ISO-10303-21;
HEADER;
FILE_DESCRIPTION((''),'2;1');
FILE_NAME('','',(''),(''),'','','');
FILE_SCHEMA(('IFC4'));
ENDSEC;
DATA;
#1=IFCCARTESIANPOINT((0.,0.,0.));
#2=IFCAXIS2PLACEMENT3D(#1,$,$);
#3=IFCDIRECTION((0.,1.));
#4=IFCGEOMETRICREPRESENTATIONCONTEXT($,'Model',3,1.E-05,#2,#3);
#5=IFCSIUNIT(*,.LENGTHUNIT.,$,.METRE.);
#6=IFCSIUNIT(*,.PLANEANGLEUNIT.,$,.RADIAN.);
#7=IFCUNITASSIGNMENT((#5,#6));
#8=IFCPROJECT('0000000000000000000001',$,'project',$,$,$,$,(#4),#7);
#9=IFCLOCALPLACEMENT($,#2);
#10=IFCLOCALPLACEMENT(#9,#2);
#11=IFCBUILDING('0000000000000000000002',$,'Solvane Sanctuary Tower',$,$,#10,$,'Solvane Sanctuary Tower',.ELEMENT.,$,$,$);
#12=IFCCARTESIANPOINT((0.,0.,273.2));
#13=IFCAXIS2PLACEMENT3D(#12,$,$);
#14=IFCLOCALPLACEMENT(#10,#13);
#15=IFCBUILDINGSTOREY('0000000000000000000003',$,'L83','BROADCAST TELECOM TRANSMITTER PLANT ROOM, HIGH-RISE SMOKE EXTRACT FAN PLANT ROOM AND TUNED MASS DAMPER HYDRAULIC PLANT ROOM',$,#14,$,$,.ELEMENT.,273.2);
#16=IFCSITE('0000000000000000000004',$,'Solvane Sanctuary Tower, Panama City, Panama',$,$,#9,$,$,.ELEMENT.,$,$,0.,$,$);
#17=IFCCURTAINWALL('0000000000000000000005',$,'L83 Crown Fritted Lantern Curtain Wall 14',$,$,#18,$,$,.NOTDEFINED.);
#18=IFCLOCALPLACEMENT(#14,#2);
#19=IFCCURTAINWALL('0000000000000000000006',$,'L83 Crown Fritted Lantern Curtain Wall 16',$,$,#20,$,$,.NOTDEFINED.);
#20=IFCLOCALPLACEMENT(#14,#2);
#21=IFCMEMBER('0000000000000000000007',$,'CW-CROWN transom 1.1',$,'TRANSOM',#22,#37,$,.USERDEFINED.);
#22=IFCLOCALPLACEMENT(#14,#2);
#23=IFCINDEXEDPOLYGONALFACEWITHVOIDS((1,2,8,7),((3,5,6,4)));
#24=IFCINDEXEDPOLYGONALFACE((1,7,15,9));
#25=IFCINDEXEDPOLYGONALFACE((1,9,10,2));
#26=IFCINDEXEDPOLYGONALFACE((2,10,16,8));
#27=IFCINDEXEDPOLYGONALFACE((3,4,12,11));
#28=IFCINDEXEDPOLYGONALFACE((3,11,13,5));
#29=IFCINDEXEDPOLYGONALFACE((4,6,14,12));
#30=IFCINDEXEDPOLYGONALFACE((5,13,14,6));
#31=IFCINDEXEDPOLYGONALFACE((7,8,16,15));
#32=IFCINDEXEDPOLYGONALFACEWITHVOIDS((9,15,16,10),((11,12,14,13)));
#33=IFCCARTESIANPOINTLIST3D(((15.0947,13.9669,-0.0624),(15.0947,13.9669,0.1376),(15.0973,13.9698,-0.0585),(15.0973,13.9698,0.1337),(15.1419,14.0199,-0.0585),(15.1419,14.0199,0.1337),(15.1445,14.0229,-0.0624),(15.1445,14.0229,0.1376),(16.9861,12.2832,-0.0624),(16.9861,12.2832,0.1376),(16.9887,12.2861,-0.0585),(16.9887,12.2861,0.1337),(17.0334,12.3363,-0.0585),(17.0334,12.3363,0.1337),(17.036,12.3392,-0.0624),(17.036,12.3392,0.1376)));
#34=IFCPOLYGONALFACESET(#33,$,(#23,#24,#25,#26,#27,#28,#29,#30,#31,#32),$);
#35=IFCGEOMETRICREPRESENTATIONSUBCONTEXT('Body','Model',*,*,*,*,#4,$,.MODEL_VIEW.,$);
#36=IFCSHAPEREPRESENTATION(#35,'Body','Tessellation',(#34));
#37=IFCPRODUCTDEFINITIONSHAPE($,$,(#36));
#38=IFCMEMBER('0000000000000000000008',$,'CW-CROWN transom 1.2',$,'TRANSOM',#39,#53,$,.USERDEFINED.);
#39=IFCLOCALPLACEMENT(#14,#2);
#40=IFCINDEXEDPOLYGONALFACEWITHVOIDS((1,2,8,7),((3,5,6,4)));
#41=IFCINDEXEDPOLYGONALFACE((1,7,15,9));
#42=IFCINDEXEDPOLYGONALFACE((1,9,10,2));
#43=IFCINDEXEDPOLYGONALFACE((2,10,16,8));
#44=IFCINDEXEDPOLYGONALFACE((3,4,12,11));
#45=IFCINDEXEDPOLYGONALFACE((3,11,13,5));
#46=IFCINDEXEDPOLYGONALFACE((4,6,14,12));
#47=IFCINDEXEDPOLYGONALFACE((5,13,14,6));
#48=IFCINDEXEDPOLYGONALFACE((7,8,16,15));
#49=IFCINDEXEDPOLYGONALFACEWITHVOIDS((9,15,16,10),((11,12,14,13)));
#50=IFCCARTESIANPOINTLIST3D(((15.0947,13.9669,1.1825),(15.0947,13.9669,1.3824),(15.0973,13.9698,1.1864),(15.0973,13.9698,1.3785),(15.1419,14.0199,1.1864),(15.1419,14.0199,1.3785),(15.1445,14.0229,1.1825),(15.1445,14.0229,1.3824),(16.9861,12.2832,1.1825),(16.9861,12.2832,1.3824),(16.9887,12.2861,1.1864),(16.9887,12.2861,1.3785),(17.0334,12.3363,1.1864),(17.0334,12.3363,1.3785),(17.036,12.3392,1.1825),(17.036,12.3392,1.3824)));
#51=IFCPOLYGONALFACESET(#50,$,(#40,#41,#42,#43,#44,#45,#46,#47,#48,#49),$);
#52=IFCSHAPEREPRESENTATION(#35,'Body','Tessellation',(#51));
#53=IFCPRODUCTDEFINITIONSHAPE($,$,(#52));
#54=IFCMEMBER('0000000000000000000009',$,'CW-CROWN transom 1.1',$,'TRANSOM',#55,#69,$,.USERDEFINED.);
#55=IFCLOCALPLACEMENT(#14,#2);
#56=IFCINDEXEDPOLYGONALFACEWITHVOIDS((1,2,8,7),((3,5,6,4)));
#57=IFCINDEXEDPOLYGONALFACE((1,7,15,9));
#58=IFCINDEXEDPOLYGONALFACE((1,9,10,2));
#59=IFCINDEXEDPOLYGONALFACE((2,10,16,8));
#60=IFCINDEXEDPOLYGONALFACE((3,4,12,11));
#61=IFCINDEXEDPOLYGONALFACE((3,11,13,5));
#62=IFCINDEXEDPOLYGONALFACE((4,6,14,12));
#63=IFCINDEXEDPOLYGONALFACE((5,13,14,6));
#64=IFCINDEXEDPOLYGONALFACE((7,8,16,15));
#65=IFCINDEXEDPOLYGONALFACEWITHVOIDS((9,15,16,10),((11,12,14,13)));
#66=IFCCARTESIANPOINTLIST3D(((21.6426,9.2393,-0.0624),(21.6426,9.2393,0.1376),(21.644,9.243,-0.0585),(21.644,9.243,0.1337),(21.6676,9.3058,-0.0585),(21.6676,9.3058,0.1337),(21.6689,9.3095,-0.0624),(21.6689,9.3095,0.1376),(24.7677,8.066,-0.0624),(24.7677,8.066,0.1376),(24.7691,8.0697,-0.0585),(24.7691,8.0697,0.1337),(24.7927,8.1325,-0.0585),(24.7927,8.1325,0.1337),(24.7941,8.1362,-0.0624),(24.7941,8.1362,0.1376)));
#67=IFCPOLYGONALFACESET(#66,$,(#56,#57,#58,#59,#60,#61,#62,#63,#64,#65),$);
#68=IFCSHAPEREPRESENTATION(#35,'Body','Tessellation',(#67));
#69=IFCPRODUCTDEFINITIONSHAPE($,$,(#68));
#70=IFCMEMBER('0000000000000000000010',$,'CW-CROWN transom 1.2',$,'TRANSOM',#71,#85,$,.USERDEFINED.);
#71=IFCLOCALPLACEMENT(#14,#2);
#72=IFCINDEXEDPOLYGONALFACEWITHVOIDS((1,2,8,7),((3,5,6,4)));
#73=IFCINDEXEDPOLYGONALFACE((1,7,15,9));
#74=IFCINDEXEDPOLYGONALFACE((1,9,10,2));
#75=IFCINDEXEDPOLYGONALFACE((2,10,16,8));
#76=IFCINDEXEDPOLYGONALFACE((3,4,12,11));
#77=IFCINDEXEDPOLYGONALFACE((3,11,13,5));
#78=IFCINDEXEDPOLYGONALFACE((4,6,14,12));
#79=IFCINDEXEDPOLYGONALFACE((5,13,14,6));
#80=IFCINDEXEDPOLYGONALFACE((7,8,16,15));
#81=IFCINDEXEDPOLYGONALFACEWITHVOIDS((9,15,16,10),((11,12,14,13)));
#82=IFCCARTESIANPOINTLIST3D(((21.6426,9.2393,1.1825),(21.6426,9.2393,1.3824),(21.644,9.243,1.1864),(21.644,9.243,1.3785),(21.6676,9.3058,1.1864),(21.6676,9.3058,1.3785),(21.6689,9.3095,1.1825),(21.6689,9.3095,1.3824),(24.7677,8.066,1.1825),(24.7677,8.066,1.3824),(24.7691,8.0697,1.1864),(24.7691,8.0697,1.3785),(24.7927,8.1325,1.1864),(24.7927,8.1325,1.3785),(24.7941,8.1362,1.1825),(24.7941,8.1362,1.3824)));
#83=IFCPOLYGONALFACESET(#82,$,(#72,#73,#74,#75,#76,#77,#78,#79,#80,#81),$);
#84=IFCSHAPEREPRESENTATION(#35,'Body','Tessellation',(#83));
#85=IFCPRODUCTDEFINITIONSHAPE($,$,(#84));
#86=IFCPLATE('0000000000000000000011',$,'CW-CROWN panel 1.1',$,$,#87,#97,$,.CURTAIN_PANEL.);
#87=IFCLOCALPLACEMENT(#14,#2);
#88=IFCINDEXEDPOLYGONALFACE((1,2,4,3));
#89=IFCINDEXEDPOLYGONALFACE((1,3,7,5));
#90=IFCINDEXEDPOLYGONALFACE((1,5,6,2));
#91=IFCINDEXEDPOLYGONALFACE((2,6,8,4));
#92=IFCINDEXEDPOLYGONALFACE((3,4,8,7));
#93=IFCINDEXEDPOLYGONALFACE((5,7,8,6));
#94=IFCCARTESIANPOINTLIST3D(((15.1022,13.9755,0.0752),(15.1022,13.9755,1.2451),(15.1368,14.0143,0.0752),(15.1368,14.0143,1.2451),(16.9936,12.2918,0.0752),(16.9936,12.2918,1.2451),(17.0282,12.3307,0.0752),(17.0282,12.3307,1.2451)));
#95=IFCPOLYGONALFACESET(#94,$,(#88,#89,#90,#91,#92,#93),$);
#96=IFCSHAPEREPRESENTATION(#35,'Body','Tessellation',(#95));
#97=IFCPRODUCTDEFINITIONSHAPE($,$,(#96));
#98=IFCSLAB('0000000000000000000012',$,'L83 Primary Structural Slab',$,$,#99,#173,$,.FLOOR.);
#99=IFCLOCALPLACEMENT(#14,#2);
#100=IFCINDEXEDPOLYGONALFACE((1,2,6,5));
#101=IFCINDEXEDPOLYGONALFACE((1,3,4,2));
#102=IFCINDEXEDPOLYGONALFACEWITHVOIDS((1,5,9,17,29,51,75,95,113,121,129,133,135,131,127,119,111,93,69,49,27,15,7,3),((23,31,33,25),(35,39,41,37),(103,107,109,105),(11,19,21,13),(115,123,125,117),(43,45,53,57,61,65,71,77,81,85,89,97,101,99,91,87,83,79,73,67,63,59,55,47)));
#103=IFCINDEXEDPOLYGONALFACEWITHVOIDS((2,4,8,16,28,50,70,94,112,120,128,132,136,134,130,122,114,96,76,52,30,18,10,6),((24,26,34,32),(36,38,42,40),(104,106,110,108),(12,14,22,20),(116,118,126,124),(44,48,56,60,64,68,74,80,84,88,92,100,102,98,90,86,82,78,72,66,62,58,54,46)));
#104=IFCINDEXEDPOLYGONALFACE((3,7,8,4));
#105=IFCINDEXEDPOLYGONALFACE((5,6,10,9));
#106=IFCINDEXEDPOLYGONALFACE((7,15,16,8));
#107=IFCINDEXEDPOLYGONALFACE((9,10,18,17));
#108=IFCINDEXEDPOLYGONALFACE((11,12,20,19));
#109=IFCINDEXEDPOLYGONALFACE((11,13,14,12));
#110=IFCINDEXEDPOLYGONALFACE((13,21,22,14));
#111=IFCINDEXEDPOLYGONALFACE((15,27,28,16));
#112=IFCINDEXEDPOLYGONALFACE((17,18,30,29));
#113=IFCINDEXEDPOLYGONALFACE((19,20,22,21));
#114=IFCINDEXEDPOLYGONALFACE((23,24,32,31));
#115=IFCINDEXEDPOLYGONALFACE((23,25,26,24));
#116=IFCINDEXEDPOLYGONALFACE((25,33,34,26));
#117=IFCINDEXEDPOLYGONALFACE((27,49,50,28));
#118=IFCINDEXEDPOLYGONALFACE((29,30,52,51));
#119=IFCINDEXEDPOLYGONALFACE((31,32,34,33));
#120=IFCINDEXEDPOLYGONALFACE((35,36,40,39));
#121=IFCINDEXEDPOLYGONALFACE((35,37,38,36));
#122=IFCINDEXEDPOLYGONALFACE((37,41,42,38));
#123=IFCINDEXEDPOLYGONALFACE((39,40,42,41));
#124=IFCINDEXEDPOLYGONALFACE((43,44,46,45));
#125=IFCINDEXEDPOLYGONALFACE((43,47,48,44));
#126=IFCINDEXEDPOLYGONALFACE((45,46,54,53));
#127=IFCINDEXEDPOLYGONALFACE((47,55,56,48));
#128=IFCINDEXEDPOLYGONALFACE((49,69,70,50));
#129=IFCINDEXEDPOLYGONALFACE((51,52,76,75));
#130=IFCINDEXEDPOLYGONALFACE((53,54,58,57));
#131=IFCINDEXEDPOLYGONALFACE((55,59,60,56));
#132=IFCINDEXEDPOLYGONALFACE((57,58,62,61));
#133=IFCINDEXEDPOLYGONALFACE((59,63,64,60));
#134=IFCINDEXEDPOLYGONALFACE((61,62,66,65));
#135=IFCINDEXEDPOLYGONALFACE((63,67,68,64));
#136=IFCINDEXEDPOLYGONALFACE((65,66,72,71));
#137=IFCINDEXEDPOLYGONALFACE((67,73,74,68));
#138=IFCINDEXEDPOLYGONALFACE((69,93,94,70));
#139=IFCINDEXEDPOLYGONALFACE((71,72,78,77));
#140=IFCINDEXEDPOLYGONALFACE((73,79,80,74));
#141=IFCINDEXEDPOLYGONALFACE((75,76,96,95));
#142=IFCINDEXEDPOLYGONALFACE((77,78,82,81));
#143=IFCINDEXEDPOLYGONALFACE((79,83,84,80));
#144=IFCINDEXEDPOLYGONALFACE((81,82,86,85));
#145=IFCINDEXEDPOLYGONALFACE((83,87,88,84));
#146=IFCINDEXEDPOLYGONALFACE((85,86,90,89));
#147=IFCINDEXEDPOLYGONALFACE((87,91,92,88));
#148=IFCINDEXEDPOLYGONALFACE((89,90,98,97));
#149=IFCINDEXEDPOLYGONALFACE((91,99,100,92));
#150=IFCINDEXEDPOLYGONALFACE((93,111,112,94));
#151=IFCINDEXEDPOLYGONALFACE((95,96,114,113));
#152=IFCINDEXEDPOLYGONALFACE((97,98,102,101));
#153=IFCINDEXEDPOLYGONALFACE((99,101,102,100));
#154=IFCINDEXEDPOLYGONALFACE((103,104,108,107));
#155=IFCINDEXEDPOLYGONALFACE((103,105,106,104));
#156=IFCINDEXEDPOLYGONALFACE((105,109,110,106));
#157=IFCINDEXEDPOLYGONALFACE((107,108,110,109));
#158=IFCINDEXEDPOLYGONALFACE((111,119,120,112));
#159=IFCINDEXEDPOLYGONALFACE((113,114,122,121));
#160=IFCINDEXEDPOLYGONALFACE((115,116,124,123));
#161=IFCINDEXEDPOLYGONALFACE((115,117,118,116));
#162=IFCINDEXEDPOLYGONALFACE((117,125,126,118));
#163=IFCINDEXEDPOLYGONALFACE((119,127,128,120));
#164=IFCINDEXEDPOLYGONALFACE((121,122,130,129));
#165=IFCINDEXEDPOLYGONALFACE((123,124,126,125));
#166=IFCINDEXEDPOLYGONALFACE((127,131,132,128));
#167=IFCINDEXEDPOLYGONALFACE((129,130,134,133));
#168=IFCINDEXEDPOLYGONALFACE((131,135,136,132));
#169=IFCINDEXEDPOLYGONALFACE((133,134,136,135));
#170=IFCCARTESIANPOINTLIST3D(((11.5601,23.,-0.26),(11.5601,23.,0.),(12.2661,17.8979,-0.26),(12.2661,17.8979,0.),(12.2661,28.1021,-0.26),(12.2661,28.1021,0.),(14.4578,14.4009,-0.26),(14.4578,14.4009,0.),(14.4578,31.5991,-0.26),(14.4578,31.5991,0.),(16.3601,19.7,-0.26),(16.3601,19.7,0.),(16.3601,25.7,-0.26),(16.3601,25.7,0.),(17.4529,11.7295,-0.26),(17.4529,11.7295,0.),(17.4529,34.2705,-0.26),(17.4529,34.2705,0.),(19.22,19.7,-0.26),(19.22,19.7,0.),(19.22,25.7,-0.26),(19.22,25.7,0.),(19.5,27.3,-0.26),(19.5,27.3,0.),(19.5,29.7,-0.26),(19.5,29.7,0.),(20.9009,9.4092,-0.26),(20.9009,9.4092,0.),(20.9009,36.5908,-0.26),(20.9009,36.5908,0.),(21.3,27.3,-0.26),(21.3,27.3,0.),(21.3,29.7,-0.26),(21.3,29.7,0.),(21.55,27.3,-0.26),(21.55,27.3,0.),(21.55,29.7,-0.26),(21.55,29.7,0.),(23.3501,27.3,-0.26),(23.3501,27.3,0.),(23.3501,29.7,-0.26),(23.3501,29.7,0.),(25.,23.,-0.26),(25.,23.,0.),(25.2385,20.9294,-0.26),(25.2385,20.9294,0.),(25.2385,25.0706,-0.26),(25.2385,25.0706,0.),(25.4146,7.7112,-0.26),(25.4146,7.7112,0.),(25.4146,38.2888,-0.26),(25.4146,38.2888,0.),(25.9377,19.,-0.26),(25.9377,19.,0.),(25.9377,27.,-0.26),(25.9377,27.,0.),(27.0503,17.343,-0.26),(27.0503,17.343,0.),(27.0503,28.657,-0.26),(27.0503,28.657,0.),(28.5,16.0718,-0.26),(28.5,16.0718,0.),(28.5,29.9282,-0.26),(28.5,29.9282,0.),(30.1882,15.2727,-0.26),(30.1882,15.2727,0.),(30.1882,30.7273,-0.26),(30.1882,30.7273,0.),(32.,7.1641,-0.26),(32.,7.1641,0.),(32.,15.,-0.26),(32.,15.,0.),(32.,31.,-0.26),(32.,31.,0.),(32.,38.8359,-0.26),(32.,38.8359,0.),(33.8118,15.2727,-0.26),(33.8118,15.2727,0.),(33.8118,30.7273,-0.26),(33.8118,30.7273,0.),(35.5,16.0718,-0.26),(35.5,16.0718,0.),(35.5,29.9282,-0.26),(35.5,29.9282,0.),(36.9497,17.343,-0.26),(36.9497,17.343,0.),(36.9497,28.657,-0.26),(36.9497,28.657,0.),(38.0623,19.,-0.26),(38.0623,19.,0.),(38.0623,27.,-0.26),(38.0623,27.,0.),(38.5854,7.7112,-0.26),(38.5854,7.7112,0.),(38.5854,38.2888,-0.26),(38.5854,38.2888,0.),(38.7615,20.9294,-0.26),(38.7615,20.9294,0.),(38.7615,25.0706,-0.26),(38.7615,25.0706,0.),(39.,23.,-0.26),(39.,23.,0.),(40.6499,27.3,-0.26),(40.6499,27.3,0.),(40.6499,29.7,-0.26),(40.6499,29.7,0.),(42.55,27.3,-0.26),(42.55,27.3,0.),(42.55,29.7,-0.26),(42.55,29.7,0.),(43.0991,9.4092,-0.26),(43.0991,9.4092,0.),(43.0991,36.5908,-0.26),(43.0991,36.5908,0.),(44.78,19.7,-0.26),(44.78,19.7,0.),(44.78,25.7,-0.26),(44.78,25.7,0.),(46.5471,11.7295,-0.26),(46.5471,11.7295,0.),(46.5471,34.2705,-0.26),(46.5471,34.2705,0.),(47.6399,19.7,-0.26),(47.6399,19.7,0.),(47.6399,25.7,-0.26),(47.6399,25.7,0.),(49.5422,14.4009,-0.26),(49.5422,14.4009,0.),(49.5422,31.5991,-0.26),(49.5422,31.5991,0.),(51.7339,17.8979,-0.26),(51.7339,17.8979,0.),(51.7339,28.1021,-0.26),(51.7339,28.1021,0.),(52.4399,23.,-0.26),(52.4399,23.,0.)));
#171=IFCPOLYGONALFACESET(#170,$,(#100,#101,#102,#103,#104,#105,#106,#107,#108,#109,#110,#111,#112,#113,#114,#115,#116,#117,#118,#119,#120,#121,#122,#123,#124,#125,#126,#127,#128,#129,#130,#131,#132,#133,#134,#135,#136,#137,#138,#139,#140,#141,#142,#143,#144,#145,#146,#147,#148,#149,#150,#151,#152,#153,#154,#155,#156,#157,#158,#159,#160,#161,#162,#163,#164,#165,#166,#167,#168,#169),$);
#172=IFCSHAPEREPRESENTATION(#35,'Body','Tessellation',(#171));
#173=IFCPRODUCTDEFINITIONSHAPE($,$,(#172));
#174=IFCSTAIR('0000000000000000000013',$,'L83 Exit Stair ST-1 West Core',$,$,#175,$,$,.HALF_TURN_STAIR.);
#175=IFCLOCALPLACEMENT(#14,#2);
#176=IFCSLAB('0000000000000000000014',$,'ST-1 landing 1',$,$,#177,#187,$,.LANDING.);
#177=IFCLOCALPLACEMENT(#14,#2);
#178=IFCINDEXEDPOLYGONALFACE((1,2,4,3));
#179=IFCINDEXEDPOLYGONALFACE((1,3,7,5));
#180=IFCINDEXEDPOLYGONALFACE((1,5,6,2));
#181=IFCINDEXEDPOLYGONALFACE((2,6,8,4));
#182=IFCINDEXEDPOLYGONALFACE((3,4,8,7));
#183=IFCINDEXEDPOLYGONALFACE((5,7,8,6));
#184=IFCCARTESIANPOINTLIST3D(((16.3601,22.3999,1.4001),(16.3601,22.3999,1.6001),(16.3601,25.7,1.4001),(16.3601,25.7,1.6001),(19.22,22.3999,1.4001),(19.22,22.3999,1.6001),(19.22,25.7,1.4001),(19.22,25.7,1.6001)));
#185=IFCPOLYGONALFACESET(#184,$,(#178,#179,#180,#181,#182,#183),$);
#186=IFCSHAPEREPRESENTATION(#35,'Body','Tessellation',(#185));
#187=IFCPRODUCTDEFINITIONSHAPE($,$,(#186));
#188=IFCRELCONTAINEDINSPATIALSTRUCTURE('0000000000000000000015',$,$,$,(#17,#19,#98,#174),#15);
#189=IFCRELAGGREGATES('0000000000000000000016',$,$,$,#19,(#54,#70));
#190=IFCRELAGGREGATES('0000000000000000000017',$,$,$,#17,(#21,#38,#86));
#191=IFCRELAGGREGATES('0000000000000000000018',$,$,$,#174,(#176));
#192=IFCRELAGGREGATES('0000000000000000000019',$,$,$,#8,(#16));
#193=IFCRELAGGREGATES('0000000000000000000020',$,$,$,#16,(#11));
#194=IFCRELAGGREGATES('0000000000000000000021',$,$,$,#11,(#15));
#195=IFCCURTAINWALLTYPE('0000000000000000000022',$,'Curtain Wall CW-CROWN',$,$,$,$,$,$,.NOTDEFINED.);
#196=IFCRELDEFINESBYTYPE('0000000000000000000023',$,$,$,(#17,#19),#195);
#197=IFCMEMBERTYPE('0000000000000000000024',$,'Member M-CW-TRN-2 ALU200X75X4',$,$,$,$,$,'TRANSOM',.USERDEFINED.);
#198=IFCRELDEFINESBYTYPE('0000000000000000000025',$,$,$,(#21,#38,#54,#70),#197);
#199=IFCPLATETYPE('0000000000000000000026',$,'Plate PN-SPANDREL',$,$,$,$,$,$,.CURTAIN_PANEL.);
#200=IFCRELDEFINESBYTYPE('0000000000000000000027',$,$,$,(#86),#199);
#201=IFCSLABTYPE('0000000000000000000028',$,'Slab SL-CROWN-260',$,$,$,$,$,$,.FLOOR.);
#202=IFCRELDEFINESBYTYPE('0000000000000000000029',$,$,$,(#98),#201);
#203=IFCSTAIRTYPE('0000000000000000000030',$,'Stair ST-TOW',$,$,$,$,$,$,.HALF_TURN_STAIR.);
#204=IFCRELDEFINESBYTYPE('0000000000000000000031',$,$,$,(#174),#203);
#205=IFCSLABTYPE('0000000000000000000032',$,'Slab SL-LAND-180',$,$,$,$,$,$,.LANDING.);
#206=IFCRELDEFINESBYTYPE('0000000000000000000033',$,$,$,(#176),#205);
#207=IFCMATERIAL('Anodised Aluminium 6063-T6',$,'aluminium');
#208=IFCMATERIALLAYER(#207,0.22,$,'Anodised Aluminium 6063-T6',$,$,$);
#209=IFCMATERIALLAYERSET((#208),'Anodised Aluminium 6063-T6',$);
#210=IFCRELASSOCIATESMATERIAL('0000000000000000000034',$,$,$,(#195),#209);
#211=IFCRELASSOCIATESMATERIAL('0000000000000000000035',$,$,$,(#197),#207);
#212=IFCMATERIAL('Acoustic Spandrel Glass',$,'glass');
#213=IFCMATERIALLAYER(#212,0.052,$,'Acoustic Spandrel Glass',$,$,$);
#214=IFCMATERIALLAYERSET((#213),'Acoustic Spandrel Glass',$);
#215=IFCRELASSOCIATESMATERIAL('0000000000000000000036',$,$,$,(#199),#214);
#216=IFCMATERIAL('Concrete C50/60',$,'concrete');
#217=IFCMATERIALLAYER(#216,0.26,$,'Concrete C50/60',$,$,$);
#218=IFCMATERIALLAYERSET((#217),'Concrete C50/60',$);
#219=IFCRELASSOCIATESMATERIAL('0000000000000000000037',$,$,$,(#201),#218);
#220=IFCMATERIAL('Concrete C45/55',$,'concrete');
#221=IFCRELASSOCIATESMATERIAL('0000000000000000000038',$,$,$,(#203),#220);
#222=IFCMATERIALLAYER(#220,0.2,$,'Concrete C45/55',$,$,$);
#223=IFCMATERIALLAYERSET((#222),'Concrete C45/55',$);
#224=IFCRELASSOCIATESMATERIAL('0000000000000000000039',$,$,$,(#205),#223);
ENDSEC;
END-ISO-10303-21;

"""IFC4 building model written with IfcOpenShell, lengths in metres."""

from ifc_helpers import new_model, si_unit, direction, frame, origin, origin_2d, place, context, subcontext, project, spatial, polyline, rectangle, hollow_rectangle, outline, extrude, material, layer, layer_set, material_profile, profile_set, type_object, element, aggregate, save


model = new_model("IFC4")

# Units and contexts
model_context = context("Model", 3, precision=1e-05, world=origin(), true_north=direction((0.0, 1.0)))
body_context = subcontext(model_context, "Body", "Model", "MODEL_VIEW")
ifc_project = project(units=[si_unit("LENGTHUNIT", "METRE"), si_unit("PLANEANGLEUNIT", "RADIAN")], contexts=[model_context])

# Site, building, storey
site_placement = place(None, origin())
site = spatial("IfcSite", under=ifc_project, at=site_placement, Name="Solvane Sanctuary Tower, Panama City, Panama", CompositionType="ELEMENT", RefElevation=0.0)
building_placement = place(site_placement, origin())
building = spatial("IfcBuilding", under=site, at=building_placement, Name="Solvane Sanctuary Tower", LongName="Solvane Sanctuary Tower", CompositionType="ELEMENT")
storey_placement = place(building_placement, frame((0.0, 0.0, 273.2)))
storey = spatial("IfcBuildingStorey", under=building, at=storey_placement, Name="L83", Description="BROADCAST TELECOM TRANSMITTER PLANT ROOM, HIGH-RISE SMOKE EXTRACT FAN PLANT ROOM AND TUNED MASS DAMPER HYDRAULIC PLANT ROOM", CompositionType="ELEMENT", Elevation=273.2)

# Shared definitions
ifc_material_1 = material(Name="Anodised Aluminium 6063-T6", Category="aluminium")
ifc_layer_1 = layer(ifc_material_1, 0.22, Name="Anodised Aluminium 6063-T6")
ifc_layer_set_1 = layer_set([ifc_layer_1], Name="Anodised Aluminium 6063-T6")
curtain_wall_type = type_object("IfcCurtainWallType", Name="Curtain Wall CW-CROWN", PredefinedType="NOTDEFINED", material=ifc_layer_set_1)

# Curtain wall
curtain_wall_1_placement = place(storey_placement, origin())
curtain_wall_1 = element("IfcCurtainWall", 1, at=curtain_wall_1_placement, inside=storey, type_object=curtain_wall_type, Name="L83 Crown Fritted Lantern Curtain Wall 14", PredefinedType="NOTDEFINED")

# Curtain wall
curtain_wall_2_placement = place(storey_placement, origin())
curtain_wall_2 = element("IfcCurtainWall", 2, at=curtain_wall_2_placement, inside=storey, type_object=curtain_wall_type, Name="L83 Crown Fritted Lantern Curtain Wall 16", PredefinedType="NOTDEFINED")

# Members
ifc_material_profile_1 = material_profile(ifc_material_1, hollow_rectangle(XDim=0.075, YDim=0.2, WallThickness=0.0039, at=origin_2d()), Name="ALU200X75X4")
ifc_profile_set_1 = profile_set([ifc_material_profile_1], Name="Anodised Aluminium 6063-T6")
member_type_1 = type_object("IfcMemberType", Name="Member M-CW-TRN-2 ALU200X75X4", ElementType="TRANSOM", PredefinedType="USERDEFINED", material=ifc_profile_set_1)
member_1_placement = place(storey_placement, frame((15.1196, 13.9949, 0.0376), z_axis=(0.746941, -0.66489, 0.0), x_axis=(0.66489, 0.746941, 0.0)))
member_1 = element("IfcMember", 3, at=member_1_placement, type_object=member_type_1, Name="CW-CROWN transom 1.1", ObjectType="TRANSOM", PredefinedType="USERDEFINED", context=body_context, shape_type="SweptSolid", body=[
    extrude(hollow_rectangle(XDim=0.075, YDim=0.2, WallThickness=0.0039, at=origin_2d()), origin(), (0.0, 0.0, 1.0), 2.5322),
])
member_2_placement = place(storey_placement, frame((15.1196, 13.9949, 1.2825), z_axis=(0.746941, -0.66489, 0.0), x_axis=(0.66489, 0.746941, 0.0)))
member_2 = element("IfcMember", 4, at=member_2_placement, type_object=member_type_1, Name="CW-CROWN transom 1.2", ObjectType="TRANSOM", PredefinedType="USERDEFINED", context=body_context, shape_type="SweptSolid", body=[
    extrude(hollow_rectangle(XDim=0.075, YDim=0.2, WallThickness=0.0039, at=origin_2d()), origin(), (0.0, 0.0, 1.0), 2.5322),
])
member_3_placement = place(storey_placement, frame((21.6558, 9.2744, 0.0376), z_axis=(0.936194, -0.351484, 0.0), x_axis=(0.351484, 0.936194, 0.0)))
member_3 = element("IfcMember", 5, at=member_3_placement, type_object=member_type_1, Name="CW-CROWN transom 1.1", ObjectType="TRANSOM", PredefinedType="USERDEFINED", context=body_context, shape_type="SweptSolid", body=[
    extrude(hollow_rectangle(XDim=0.075, YDim=0.2, WallThickness=0.0039, at=origin_2d()), origin(), (0.0, 0.0, 1.0), 3.3381),
])
member_4_placement = place(storey_placement, frame((21.6558, 9.2744, 1.2825), z_axis=(0.936194, -0.351484, 0.0), x_axis=(0.351484, 0.936194, 0.0)))
member_4 = element("IfcMember", 6, at=member_4_placement, type_object=member_type_1, Name="CW-CROWN transom 1.2", ObjectType="TRANSOM", PredefinedType="USERDEFINED", context=body_context, shape_type="SweptSolid", body=[
    extrude(hollow_rectangle(XDim=0.075, YDim=0.2, WallThickness=0.0039, at=origin_2d()), origin(), (0.0, 0.0, 1.0), 3.3381),
])
aggregate(curtain_wall_2, [member_3, member_4])

# Plate
ifc_material_2 = material(Name="Acoustic Spandrel Glass", Category="glass")
ifc_layer_2 = layer(ifc_material_2, 0.052, Name="Acoustic Spandrel Glass")
ifc_layer_set_2 = layer_set([ifc_layer_2], Name="Acoustic Spandrel Glass")
plate_type = type_object("IfcPlateType", Name="Plate PN-SPANDREL", PredefinedType="CURTAIN_PANEL", material=ifc_layer_set_2)
plate_placement = place(storey_placement, frame((16.0652, 13.1531, 0.0752), z_axis=(0.0, 0.0, 1.0), x_axis=(0.746944, -0.664887, 0.0)))
plate = element("IfcPlate", 7, at=plate_placement, type_object=plate_type, Name="CW-CROWN panel 1.1", PredefinedType="CURTAIN_PANEL", context=body_context, shape_type="SweptSolid", body=[
    extrude(rectangle(XDim=2.5322, YDim=0.052, at=origin_2d()), origin(), (0.0, 0.0, 1.0), 1.1699),
])
aggregate(curtain_wall_1, [member_1, member_2, plate])

# Slab
ifc_material_3 = material(Name="Concrete C50/60", Category="concrete")
ifc_layer_3 = layer(ifc_material_3, 0.26, Name="Concrete C50/60")
ifc_layer_set_3 = layer_set([ifc_layer_3], Name="Concrete C50/60")
slab_type_1 = type_object("IfcSlabType", Name="Slab SL-CROWN-260", PredefinedType="FLOOR", material=ifc_layer_set_3)
slab_1_placement = place(storey_placement, frame((0.0, 0.0, -0.26)))
element("IfcSlab", 8, at=slab_1_placement, inside=storey, type_object=slab_type_1, Name="L83 Primary Structural Slab", PredefinedType="FLOOR", context=body_context, shape_type="SweptSolid", body=[
    extrude(outline(polyline([(52.4399, 23.0), (51.7339, 28.1021), (49.5422, 31.5991), (46.5471, 34.2705), (43.0991, 36.5908), (38.5854, 38.2888), (32.0, 38.8359), (25.4146, 38.2888), (20.9009, 36.5908), (17.4529, 34.2705), (14.4578, 31.5991), (12.2661, 28.1021), (11.5601, 23.0), (12.2661, 17.8979), (14.4578, 14.4009), (17.4529, 11.7295), (20.9009, 9.4092), (25.4146, 7.7112), (32.0, 7.1641), (38.5854, 7.7112), (43.0991, 9.4092), (46.5471, 11.7295), (49.5422, 14.4009), (51.7339, 17.8979), (52.4399, 23.0)]), holes=[polyline([(38.7615, 20.9294), (38.0623, 19.0), (36.9497, 17.343), (35.5, 16.0718), (33.8118, 15.2727), (32.0, 15.0), (30.1882, 15.2727), (28.5, 16.0718), (27.0503, 17.343), (25.9377, 19.0), (25.2385, 20.9294), (25.0, 23.0), (25.2385, 25.0706), (25.9377, 27.0), (27.0503, 28.657), (28.5, 29.9282), (30.1882, 30.7273), (32.0, 31.0), (33.8118, 30.7273), (35.5, 29.9282), (36.9497, 28.657), (38.0623, 27.0), (38.7615, 25.0706), (39.0, 23.0), (38.7615, 20.9294)]), polyline([(16.3601, 19.7), (16.3601, 25.7), (19.22, 25.7), (19.22, 19.7), (16.3601, 19.7)]), polyline([(44.78, 19.7), (44.78, 25.7), (47.6399, 25.7), (47.6399, 19.7), (44.78, 19.7)]), polyline([(19.5, 29.7), (21.3, 29.7), (21.3, 27.3), (19.5, 27.3), (19.5, 29.7)]), polyline([(21.55, 29.7), (23.3501, 29.7), (23.3501, 27.3), (21.55, 27.3), (21.55, 29.7)]), polyline([(40.6499, 29.7), (42.55, 29.7), (42.55, 27.3), (40.6499, 27.3), (40.6499, 29.7)])]), origin(), (0.0, 0.0, 1.0), 0.26),
])

# Stair, slab
ifc_material_4 = material(Name="Concrete C45/55", Category="concrete")
stair_type = type_object("IfcStairType", Name="Stair ST-TOW", PredefinedType="HALF_TURN_STAIR", material=ifc_material_4)
stair_1_placement = place(storey_placement, origin())
stair_1 = element("IfcStair", 9, at=stair_1_placement, inside=storey, type_object=stair_type, Name="L83 Exit Stair ST-1 West Core", PredefinedType="HALF_TURN_STAIR")
ifc_layer_4 = layer(ifc_material_4, 0.2, Name="Concrete C45/55")
ifc_layer_set_4 = layer_set([ifc_layer_4], Name="Concrete C45/55")
slab_type_2 = type_object("IfcSlabType", Name="Slab SL-LAND-180", PredefinedType="LANDING", material=ifc_layer_set_4)
slab_2_placement = place(storey_placement, frame((0.0, 0.0, 1.4001)))
slab_2 = element("IfcSlab", 10, at=slab_2_placement, type_object=slab_type_2, Name="ST-1 landing 1", PredefinedType="LANDING", context=body_context, shape_type="SweptSolid", body=[
    extrude(outline(polyline([(19.22, 22.3999), (19.22, 25.7), (16.3601, 25.7), (16.3601, 22.3999), (19.22, 22.3999)])), origin(), (0.0, 0.0, 1.0), 0.2),
])
aggregate(stair_1, [slab_2])

save(model, "model.ifc")
